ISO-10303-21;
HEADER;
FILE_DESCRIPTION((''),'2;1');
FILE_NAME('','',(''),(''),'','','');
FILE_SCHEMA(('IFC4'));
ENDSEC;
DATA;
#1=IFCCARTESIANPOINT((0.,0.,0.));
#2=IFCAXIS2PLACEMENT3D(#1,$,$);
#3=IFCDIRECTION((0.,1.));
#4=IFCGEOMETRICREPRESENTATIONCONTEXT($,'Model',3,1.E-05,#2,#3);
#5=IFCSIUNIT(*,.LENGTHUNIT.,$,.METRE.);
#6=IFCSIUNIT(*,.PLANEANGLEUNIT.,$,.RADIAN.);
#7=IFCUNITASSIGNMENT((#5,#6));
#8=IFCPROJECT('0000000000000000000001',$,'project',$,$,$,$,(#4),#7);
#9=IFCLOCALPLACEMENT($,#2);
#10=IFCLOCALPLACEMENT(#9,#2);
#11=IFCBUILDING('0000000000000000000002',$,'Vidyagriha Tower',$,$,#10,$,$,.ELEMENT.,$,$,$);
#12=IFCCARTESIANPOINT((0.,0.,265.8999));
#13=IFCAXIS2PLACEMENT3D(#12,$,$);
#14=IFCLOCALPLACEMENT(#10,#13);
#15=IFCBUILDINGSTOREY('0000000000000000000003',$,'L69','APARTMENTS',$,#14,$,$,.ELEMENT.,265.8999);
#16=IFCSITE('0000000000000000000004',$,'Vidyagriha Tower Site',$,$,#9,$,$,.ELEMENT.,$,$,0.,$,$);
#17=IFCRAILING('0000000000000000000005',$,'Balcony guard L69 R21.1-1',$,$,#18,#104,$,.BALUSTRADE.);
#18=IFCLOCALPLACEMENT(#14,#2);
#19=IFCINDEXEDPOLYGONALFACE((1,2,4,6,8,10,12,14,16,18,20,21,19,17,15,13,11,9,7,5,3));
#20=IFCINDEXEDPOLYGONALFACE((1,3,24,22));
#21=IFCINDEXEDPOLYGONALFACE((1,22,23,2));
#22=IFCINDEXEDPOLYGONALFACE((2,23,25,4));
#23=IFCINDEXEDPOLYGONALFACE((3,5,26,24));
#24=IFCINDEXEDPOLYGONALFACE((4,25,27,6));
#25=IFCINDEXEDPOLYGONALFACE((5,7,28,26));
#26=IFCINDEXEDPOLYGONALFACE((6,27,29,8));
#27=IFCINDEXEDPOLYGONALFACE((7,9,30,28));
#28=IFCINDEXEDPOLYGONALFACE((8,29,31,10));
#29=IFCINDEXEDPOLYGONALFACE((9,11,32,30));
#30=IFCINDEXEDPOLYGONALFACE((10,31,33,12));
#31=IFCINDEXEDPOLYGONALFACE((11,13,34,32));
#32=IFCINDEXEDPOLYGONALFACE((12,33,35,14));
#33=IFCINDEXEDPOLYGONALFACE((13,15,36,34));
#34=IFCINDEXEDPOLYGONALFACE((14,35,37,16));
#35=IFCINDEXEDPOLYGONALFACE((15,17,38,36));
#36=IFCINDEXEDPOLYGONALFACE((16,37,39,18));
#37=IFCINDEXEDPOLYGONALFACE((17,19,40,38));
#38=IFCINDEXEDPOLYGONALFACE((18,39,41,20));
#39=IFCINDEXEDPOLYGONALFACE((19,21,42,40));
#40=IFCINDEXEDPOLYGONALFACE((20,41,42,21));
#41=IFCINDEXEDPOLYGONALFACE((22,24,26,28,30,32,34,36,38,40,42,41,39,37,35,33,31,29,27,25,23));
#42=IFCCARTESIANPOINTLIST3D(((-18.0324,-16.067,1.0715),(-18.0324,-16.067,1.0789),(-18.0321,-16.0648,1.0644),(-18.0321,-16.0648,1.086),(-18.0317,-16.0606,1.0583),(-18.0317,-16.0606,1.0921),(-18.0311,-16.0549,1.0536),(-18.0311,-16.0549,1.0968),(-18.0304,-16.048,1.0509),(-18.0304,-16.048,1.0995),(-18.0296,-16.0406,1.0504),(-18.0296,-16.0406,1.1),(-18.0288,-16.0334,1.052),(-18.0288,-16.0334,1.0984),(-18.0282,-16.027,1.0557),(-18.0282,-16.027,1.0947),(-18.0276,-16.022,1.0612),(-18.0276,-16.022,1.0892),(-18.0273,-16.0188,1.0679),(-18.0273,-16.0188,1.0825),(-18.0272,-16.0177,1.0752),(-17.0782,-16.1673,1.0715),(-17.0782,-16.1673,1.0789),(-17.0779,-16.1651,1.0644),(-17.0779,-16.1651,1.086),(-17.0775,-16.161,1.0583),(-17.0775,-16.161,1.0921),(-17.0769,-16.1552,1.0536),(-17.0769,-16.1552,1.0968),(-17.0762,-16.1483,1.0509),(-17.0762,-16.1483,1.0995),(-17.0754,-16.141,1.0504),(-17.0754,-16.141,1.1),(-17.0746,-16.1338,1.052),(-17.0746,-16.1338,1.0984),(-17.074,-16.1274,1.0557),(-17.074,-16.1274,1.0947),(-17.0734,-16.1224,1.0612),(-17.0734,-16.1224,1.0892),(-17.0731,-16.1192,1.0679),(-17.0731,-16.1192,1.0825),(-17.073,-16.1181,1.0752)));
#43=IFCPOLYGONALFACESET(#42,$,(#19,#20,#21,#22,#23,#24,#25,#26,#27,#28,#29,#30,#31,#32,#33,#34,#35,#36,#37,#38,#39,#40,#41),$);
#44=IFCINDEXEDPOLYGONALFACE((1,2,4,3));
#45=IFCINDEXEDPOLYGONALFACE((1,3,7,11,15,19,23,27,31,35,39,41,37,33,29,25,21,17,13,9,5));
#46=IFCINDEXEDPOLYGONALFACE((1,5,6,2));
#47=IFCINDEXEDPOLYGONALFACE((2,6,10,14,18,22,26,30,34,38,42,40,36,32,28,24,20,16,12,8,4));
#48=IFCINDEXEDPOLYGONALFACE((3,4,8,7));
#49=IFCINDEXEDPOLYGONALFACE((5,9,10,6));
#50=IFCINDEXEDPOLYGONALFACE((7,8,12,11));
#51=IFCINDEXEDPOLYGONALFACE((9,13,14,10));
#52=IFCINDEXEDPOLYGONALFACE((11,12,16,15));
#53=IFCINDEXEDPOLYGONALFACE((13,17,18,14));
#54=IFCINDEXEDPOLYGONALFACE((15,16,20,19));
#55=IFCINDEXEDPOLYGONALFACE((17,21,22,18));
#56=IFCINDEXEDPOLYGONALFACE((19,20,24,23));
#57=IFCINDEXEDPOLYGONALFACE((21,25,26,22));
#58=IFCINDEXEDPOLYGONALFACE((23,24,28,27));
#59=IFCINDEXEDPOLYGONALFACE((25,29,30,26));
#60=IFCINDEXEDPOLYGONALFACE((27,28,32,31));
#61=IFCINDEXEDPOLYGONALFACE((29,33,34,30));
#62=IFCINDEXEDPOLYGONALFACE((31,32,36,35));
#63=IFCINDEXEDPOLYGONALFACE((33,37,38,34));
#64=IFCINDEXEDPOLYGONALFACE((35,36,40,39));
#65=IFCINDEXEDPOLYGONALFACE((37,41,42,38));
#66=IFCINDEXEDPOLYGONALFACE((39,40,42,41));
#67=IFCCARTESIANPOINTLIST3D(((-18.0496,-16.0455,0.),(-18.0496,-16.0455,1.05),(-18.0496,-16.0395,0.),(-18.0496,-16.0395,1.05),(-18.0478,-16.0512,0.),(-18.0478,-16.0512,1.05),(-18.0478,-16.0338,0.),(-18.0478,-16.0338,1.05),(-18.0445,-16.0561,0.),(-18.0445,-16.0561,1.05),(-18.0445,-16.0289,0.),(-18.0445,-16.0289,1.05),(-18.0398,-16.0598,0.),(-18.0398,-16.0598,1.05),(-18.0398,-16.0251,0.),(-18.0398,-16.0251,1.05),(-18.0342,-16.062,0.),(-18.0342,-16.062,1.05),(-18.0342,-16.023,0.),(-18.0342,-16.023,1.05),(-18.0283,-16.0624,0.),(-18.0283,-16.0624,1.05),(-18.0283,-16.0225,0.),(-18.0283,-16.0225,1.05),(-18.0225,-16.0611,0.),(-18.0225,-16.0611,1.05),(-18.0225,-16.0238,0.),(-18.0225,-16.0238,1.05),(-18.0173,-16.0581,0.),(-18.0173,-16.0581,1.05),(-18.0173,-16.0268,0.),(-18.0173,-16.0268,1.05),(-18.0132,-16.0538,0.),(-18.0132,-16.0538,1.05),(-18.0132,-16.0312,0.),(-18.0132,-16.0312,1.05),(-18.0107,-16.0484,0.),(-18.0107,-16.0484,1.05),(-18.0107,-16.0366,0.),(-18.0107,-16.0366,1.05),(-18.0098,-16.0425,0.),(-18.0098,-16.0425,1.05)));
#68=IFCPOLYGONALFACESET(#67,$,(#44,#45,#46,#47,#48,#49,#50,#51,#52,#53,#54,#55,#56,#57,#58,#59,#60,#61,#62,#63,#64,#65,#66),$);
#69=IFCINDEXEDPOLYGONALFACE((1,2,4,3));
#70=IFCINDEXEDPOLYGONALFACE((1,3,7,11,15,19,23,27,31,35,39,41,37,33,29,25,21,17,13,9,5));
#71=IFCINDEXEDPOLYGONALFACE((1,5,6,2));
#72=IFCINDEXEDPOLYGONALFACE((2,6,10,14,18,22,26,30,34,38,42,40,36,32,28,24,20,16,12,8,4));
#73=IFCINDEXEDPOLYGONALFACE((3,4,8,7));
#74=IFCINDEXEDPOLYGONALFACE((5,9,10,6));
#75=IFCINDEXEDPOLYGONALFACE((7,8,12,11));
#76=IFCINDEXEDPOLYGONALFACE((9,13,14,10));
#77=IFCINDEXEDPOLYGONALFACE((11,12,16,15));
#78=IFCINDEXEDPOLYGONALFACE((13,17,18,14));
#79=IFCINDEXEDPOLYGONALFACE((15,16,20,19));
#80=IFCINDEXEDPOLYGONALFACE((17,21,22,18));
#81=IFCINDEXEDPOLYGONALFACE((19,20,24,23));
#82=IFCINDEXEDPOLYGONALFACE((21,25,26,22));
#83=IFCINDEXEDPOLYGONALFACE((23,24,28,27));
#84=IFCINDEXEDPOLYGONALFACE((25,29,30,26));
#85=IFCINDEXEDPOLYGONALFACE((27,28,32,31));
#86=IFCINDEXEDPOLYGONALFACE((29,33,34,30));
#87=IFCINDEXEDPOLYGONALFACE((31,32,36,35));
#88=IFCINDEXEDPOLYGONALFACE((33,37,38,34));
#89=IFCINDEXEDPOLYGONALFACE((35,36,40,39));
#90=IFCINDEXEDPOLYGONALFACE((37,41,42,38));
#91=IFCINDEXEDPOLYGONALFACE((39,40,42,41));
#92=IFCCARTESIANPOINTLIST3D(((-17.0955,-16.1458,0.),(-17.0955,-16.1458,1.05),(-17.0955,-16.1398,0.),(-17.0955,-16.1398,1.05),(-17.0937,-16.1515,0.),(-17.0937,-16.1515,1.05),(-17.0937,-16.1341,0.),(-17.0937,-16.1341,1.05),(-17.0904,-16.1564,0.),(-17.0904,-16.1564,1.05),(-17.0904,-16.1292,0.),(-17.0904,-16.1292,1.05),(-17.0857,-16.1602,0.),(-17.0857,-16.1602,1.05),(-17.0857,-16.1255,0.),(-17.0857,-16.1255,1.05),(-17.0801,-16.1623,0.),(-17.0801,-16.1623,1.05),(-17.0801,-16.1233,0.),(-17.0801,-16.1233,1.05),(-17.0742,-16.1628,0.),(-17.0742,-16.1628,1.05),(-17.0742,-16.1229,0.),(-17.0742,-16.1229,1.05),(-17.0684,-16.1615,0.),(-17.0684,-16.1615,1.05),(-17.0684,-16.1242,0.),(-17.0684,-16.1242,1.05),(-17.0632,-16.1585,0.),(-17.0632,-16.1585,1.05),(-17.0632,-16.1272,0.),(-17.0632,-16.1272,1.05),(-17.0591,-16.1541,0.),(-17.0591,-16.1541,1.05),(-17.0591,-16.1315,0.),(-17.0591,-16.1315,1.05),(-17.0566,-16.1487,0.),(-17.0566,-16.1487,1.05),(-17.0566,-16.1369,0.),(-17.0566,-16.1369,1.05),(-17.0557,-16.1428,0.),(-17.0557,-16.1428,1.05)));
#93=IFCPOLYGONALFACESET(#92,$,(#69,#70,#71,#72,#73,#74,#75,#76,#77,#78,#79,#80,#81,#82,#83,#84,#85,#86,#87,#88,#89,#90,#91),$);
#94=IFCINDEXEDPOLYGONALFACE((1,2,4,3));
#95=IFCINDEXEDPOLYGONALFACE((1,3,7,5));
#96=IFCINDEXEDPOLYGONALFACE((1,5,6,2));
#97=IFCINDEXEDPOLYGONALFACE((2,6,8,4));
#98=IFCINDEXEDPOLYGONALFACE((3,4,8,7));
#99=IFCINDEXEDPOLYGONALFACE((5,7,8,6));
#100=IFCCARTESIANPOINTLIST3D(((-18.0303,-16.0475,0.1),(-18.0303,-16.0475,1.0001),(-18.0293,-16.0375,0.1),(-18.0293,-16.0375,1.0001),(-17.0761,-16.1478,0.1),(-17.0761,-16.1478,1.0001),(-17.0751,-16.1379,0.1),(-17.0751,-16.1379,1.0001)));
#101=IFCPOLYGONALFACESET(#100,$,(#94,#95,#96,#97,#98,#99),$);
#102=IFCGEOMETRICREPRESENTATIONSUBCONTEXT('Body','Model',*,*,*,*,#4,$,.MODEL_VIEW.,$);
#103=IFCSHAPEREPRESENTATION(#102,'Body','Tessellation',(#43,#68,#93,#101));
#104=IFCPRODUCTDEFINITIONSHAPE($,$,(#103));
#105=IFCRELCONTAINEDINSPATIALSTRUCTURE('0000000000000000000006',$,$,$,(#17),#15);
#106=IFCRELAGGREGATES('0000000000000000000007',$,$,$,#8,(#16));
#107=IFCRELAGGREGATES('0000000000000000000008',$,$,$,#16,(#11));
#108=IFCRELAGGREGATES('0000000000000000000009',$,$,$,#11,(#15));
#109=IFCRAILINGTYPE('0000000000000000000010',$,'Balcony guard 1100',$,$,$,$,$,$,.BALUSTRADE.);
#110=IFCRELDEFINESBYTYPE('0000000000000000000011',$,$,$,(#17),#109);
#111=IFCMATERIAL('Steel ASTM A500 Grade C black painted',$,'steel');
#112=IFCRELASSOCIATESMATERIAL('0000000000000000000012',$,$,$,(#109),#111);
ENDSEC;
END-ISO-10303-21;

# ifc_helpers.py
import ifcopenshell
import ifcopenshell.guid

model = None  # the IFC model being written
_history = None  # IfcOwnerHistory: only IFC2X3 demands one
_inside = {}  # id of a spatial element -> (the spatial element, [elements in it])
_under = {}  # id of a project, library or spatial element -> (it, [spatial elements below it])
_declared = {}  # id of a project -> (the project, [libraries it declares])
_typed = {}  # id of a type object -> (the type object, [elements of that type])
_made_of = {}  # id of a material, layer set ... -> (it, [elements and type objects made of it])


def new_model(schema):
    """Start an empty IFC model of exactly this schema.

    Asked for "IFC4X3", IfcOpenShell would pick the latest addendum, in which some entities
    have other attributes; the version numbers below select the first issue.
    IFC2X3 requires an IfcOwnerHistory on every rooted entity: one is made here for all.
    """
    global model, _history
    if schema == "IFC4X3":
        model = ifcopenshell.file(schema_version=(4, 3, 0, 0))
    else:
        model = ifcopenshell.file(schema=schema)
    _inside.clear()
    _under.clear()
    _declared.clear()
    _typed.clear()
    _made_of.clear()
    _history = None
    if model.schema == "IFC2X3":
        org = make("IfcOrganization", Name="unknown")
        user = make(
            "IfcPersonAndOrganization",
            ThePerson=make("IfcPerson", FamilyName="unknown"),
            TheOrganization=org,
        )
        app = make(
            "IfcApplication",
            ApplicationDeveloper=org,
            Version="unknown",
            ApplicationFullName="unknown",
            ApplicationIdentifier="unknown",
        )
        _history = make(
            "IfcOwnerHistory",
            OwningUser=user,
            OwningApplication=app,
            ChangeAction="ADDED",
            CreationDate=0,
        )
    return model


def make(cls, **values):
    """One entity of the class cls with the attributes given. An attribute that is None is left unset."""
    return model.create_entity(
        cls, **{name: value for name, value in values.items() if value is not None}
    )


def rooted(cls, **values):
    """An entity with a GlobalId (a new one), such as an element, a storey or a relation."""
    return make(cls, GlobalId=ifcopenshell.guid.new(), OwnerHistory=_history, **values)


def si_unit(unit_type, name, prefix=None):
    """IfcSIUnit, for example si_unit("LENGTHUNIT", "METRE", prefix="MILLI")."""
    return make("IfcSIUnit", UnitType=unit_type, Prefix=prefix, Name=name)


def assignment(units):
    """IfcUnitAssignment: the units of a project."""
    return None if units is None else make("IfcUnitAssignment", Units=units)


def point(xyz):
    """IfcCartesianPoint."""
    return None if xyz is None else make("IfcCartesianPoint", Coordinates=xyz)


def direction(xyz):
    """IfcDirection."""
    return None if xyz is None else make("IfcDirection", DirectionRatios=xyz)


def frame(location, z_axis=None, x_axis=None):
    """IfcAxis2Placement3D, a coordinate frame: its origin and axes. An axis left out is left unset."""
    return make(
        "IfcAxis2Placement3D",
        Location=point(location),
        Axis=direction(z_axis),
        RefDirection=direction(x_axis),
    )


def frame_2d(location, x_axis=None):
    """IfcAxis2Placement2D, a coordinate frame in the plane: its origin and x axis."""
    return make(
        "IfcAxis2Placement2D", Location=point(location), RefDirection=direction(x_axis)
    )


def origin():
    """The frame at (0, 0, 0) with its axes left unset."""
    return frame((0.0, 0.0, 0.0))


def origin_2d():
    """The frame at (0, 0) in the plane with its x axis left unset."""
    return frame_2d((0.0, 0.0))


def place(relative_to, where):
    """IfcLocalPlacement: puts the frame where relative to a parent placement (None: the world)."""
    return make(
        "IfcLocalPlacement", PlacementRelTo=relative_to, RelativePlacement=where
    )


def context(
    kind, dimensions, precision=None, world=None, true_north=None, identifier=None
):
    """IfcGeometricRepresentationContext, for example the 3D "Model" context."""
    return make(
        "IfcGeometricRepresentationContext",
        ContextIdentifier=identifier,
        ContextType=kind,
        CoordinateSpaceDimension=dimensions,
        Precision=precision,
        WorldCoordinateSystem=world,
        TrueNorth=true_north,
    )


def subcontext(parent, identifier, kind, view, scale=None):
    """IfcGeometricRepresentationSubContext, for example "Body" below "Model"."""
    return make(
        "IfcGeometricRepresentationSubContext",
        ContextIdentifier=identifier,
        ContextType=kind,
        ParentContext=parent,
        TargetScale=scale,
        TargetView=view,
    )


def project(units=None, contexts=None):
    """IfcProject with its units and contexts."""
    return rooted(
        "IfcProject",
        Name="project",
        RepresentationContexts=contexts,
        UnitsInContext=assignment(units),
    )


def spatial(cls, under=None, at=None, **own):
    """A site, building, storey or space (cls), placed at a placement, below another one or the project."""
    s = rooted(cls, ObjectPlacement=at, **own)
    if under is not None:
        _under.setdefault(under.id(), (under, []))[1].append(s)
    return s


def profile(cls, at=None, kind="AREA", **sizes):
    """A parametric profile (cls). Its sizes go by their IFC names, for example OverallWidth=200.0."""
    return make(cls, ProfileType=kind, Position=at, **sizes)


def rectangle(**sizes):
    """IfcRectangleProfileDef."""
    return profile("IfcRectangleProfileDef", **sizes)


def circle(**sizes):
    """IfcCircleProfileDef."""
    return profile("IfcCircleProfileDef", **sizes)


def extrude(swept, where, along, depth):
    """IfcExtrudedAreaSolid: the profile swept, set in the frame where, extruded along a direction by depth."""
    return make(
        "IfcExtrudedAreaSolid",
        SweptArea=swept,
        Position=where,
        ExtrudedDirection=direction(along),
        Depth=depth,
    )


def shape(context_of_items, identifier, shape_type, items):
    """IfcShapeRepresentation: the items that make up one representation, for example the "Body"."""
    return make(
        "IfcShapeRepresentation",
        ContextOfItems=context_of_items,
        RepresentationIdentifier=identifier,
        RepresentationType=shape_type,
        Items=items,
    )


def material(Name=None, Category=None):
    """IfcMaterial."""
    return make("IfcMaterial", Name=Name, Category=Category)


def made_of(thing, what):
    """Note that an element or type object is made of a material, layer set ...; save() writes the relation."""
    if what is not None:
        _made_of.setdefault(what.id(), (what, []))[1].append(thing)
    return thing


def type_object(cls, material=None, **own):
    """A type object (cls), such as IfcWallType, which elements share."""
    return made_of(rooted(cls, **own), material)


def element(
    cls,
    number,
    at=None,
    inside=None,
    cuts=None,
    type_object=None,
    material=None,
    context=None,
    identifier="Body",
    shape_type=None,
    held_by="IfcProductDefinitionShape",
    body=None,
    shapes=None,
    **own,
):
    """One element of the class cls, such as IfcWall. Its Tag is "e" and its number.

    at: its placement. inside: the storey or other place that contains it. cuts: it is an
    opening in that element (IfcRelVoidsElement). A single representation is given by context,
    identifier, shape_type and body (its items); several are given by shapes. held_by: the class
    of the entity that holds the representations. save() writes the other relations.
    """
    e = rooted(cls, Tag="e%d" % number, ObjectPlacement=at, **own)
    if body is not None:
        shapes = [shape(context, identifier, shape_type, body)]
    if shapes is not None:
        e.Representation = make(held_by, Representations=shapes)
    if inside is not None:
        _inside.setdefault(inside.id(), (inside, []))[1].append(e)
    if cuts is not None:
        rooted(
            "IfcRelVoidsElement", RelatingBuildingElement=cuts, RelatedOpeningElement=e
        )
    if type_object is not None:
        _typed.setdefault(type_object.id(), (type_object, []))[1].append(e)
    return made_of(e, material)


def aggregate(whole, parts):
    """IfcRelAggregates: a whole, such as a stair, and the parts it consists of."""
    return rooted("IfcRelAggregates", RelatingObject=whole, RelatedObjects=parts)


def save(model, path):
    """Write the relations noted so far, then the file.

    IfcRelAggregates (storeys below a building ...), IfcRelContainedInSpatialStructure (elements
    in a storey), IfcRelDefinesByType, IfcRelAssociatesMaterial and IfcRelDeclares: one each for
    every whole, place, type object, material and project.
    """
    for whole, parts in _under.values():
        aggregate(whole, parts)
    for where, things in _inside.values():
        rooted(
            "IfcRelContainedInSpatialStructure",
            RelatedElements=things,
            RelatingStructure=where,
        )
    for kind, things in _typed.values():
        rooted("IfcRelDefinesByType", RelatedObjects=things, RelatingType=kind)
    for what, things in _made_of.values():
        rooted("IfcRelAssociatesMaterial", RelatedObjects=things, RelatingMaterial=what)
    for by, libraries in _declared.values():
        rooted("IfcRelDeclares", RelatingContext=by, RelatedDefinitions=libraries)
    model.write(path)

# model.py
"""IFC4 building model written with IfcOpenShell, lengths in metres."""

from ifc_helpers import new_model, si_unit, direction, frame, origin, origin_2d, place, context, subcontext, project, spatial, rectangle, circle, extrude, material, type_object, element, save


model = new_model("IFC4")

# Units and contexts
model_context = context("Model", 3, precision=1e-05, world=origin(), true_north=direction((0.0, 1.0)))
body_context = subcontext(model_context, "Body", "Model", "MODEL_VIEW")
ifc_project = project(units=[si_unit("LENGTHUNIT", "METRE"), si_unit("PLANEANGLEUNIT", "RADIAN")], contexts=[model_context])

# Site, building, storey
site_placement = place(None, origin())
site = spatial("IfcSite", under=ifc_project, at=site_placement, Name="Vidyagriha Tower Site", CompositionType="ELEMENT", RefElevation=0.0)
building_placement = place(site_placement, origin())
building = spatial("IfcBuilding", under=site, at=building_placement, Name="Vidyagriha Tower", CompositionType="ELEMENT")
storey_placement = place(building_placement, frame((0.0, 0.0, 265.8999)))
storey = spatial("IfcBuildingStorey", under=building, at=storey_placement, Name="L69", Description="APARTMENTS", CompositionType="ELEMENT", Elevation=265.8999)

# Railing
ifc_material_1 = material(Name="Steel ASTM A500 Grade C black painted", Category="steel")
railing_type_1 = type_object("IfcRailingType", Name="Balcony guard 1100", PredefinedType="BALUSTRADE", material=ifc_material_1)
railing_1_placement = place(storey_placement, frame((-18.0298, -16.0425, 0.0)))
element("IfcRailing", 1, at=railing_1_placement, inside=storey, type_object=railing_type_1, Name="Balcony guard L69 R21.1-1", PredefinedType="BALUSTRADE", context=body_context, shape_type="SweptSolid", body=[
    extrude(circle(Radius=0.0249, at=origin_2d()), frame((0.0, 0.0, 1.0752), z_axis=(0.994515, -0.104592, 0.0), x_axis=(0.104592, 0.994515, 0.0)), (0.0, 0.0, 1.0), 0.9595),
    extrude(circle(Radius=0.02, at=origin_2d()), origin(), (0.0, 0.0, 1.0), 1.05),
    extrude(circle(Radius=0.02, at=origin_2d()), frame((0.9541, -0.1003, 0.0)), (0.0, 0.0, 1.0), 1.05),
    extrude(rectangle(XDim=0.01, YDim=0.9001, at=origin_2d()), frame((0.0, 0.0, 0.55), z_axis=(0.994515, -0.104592, 0.0), x_axis=(0.104592, 0.994515, 0.0)), (0.0, 0.0, 1.0), 0.9595),
])

save(model, "model.ifc")
